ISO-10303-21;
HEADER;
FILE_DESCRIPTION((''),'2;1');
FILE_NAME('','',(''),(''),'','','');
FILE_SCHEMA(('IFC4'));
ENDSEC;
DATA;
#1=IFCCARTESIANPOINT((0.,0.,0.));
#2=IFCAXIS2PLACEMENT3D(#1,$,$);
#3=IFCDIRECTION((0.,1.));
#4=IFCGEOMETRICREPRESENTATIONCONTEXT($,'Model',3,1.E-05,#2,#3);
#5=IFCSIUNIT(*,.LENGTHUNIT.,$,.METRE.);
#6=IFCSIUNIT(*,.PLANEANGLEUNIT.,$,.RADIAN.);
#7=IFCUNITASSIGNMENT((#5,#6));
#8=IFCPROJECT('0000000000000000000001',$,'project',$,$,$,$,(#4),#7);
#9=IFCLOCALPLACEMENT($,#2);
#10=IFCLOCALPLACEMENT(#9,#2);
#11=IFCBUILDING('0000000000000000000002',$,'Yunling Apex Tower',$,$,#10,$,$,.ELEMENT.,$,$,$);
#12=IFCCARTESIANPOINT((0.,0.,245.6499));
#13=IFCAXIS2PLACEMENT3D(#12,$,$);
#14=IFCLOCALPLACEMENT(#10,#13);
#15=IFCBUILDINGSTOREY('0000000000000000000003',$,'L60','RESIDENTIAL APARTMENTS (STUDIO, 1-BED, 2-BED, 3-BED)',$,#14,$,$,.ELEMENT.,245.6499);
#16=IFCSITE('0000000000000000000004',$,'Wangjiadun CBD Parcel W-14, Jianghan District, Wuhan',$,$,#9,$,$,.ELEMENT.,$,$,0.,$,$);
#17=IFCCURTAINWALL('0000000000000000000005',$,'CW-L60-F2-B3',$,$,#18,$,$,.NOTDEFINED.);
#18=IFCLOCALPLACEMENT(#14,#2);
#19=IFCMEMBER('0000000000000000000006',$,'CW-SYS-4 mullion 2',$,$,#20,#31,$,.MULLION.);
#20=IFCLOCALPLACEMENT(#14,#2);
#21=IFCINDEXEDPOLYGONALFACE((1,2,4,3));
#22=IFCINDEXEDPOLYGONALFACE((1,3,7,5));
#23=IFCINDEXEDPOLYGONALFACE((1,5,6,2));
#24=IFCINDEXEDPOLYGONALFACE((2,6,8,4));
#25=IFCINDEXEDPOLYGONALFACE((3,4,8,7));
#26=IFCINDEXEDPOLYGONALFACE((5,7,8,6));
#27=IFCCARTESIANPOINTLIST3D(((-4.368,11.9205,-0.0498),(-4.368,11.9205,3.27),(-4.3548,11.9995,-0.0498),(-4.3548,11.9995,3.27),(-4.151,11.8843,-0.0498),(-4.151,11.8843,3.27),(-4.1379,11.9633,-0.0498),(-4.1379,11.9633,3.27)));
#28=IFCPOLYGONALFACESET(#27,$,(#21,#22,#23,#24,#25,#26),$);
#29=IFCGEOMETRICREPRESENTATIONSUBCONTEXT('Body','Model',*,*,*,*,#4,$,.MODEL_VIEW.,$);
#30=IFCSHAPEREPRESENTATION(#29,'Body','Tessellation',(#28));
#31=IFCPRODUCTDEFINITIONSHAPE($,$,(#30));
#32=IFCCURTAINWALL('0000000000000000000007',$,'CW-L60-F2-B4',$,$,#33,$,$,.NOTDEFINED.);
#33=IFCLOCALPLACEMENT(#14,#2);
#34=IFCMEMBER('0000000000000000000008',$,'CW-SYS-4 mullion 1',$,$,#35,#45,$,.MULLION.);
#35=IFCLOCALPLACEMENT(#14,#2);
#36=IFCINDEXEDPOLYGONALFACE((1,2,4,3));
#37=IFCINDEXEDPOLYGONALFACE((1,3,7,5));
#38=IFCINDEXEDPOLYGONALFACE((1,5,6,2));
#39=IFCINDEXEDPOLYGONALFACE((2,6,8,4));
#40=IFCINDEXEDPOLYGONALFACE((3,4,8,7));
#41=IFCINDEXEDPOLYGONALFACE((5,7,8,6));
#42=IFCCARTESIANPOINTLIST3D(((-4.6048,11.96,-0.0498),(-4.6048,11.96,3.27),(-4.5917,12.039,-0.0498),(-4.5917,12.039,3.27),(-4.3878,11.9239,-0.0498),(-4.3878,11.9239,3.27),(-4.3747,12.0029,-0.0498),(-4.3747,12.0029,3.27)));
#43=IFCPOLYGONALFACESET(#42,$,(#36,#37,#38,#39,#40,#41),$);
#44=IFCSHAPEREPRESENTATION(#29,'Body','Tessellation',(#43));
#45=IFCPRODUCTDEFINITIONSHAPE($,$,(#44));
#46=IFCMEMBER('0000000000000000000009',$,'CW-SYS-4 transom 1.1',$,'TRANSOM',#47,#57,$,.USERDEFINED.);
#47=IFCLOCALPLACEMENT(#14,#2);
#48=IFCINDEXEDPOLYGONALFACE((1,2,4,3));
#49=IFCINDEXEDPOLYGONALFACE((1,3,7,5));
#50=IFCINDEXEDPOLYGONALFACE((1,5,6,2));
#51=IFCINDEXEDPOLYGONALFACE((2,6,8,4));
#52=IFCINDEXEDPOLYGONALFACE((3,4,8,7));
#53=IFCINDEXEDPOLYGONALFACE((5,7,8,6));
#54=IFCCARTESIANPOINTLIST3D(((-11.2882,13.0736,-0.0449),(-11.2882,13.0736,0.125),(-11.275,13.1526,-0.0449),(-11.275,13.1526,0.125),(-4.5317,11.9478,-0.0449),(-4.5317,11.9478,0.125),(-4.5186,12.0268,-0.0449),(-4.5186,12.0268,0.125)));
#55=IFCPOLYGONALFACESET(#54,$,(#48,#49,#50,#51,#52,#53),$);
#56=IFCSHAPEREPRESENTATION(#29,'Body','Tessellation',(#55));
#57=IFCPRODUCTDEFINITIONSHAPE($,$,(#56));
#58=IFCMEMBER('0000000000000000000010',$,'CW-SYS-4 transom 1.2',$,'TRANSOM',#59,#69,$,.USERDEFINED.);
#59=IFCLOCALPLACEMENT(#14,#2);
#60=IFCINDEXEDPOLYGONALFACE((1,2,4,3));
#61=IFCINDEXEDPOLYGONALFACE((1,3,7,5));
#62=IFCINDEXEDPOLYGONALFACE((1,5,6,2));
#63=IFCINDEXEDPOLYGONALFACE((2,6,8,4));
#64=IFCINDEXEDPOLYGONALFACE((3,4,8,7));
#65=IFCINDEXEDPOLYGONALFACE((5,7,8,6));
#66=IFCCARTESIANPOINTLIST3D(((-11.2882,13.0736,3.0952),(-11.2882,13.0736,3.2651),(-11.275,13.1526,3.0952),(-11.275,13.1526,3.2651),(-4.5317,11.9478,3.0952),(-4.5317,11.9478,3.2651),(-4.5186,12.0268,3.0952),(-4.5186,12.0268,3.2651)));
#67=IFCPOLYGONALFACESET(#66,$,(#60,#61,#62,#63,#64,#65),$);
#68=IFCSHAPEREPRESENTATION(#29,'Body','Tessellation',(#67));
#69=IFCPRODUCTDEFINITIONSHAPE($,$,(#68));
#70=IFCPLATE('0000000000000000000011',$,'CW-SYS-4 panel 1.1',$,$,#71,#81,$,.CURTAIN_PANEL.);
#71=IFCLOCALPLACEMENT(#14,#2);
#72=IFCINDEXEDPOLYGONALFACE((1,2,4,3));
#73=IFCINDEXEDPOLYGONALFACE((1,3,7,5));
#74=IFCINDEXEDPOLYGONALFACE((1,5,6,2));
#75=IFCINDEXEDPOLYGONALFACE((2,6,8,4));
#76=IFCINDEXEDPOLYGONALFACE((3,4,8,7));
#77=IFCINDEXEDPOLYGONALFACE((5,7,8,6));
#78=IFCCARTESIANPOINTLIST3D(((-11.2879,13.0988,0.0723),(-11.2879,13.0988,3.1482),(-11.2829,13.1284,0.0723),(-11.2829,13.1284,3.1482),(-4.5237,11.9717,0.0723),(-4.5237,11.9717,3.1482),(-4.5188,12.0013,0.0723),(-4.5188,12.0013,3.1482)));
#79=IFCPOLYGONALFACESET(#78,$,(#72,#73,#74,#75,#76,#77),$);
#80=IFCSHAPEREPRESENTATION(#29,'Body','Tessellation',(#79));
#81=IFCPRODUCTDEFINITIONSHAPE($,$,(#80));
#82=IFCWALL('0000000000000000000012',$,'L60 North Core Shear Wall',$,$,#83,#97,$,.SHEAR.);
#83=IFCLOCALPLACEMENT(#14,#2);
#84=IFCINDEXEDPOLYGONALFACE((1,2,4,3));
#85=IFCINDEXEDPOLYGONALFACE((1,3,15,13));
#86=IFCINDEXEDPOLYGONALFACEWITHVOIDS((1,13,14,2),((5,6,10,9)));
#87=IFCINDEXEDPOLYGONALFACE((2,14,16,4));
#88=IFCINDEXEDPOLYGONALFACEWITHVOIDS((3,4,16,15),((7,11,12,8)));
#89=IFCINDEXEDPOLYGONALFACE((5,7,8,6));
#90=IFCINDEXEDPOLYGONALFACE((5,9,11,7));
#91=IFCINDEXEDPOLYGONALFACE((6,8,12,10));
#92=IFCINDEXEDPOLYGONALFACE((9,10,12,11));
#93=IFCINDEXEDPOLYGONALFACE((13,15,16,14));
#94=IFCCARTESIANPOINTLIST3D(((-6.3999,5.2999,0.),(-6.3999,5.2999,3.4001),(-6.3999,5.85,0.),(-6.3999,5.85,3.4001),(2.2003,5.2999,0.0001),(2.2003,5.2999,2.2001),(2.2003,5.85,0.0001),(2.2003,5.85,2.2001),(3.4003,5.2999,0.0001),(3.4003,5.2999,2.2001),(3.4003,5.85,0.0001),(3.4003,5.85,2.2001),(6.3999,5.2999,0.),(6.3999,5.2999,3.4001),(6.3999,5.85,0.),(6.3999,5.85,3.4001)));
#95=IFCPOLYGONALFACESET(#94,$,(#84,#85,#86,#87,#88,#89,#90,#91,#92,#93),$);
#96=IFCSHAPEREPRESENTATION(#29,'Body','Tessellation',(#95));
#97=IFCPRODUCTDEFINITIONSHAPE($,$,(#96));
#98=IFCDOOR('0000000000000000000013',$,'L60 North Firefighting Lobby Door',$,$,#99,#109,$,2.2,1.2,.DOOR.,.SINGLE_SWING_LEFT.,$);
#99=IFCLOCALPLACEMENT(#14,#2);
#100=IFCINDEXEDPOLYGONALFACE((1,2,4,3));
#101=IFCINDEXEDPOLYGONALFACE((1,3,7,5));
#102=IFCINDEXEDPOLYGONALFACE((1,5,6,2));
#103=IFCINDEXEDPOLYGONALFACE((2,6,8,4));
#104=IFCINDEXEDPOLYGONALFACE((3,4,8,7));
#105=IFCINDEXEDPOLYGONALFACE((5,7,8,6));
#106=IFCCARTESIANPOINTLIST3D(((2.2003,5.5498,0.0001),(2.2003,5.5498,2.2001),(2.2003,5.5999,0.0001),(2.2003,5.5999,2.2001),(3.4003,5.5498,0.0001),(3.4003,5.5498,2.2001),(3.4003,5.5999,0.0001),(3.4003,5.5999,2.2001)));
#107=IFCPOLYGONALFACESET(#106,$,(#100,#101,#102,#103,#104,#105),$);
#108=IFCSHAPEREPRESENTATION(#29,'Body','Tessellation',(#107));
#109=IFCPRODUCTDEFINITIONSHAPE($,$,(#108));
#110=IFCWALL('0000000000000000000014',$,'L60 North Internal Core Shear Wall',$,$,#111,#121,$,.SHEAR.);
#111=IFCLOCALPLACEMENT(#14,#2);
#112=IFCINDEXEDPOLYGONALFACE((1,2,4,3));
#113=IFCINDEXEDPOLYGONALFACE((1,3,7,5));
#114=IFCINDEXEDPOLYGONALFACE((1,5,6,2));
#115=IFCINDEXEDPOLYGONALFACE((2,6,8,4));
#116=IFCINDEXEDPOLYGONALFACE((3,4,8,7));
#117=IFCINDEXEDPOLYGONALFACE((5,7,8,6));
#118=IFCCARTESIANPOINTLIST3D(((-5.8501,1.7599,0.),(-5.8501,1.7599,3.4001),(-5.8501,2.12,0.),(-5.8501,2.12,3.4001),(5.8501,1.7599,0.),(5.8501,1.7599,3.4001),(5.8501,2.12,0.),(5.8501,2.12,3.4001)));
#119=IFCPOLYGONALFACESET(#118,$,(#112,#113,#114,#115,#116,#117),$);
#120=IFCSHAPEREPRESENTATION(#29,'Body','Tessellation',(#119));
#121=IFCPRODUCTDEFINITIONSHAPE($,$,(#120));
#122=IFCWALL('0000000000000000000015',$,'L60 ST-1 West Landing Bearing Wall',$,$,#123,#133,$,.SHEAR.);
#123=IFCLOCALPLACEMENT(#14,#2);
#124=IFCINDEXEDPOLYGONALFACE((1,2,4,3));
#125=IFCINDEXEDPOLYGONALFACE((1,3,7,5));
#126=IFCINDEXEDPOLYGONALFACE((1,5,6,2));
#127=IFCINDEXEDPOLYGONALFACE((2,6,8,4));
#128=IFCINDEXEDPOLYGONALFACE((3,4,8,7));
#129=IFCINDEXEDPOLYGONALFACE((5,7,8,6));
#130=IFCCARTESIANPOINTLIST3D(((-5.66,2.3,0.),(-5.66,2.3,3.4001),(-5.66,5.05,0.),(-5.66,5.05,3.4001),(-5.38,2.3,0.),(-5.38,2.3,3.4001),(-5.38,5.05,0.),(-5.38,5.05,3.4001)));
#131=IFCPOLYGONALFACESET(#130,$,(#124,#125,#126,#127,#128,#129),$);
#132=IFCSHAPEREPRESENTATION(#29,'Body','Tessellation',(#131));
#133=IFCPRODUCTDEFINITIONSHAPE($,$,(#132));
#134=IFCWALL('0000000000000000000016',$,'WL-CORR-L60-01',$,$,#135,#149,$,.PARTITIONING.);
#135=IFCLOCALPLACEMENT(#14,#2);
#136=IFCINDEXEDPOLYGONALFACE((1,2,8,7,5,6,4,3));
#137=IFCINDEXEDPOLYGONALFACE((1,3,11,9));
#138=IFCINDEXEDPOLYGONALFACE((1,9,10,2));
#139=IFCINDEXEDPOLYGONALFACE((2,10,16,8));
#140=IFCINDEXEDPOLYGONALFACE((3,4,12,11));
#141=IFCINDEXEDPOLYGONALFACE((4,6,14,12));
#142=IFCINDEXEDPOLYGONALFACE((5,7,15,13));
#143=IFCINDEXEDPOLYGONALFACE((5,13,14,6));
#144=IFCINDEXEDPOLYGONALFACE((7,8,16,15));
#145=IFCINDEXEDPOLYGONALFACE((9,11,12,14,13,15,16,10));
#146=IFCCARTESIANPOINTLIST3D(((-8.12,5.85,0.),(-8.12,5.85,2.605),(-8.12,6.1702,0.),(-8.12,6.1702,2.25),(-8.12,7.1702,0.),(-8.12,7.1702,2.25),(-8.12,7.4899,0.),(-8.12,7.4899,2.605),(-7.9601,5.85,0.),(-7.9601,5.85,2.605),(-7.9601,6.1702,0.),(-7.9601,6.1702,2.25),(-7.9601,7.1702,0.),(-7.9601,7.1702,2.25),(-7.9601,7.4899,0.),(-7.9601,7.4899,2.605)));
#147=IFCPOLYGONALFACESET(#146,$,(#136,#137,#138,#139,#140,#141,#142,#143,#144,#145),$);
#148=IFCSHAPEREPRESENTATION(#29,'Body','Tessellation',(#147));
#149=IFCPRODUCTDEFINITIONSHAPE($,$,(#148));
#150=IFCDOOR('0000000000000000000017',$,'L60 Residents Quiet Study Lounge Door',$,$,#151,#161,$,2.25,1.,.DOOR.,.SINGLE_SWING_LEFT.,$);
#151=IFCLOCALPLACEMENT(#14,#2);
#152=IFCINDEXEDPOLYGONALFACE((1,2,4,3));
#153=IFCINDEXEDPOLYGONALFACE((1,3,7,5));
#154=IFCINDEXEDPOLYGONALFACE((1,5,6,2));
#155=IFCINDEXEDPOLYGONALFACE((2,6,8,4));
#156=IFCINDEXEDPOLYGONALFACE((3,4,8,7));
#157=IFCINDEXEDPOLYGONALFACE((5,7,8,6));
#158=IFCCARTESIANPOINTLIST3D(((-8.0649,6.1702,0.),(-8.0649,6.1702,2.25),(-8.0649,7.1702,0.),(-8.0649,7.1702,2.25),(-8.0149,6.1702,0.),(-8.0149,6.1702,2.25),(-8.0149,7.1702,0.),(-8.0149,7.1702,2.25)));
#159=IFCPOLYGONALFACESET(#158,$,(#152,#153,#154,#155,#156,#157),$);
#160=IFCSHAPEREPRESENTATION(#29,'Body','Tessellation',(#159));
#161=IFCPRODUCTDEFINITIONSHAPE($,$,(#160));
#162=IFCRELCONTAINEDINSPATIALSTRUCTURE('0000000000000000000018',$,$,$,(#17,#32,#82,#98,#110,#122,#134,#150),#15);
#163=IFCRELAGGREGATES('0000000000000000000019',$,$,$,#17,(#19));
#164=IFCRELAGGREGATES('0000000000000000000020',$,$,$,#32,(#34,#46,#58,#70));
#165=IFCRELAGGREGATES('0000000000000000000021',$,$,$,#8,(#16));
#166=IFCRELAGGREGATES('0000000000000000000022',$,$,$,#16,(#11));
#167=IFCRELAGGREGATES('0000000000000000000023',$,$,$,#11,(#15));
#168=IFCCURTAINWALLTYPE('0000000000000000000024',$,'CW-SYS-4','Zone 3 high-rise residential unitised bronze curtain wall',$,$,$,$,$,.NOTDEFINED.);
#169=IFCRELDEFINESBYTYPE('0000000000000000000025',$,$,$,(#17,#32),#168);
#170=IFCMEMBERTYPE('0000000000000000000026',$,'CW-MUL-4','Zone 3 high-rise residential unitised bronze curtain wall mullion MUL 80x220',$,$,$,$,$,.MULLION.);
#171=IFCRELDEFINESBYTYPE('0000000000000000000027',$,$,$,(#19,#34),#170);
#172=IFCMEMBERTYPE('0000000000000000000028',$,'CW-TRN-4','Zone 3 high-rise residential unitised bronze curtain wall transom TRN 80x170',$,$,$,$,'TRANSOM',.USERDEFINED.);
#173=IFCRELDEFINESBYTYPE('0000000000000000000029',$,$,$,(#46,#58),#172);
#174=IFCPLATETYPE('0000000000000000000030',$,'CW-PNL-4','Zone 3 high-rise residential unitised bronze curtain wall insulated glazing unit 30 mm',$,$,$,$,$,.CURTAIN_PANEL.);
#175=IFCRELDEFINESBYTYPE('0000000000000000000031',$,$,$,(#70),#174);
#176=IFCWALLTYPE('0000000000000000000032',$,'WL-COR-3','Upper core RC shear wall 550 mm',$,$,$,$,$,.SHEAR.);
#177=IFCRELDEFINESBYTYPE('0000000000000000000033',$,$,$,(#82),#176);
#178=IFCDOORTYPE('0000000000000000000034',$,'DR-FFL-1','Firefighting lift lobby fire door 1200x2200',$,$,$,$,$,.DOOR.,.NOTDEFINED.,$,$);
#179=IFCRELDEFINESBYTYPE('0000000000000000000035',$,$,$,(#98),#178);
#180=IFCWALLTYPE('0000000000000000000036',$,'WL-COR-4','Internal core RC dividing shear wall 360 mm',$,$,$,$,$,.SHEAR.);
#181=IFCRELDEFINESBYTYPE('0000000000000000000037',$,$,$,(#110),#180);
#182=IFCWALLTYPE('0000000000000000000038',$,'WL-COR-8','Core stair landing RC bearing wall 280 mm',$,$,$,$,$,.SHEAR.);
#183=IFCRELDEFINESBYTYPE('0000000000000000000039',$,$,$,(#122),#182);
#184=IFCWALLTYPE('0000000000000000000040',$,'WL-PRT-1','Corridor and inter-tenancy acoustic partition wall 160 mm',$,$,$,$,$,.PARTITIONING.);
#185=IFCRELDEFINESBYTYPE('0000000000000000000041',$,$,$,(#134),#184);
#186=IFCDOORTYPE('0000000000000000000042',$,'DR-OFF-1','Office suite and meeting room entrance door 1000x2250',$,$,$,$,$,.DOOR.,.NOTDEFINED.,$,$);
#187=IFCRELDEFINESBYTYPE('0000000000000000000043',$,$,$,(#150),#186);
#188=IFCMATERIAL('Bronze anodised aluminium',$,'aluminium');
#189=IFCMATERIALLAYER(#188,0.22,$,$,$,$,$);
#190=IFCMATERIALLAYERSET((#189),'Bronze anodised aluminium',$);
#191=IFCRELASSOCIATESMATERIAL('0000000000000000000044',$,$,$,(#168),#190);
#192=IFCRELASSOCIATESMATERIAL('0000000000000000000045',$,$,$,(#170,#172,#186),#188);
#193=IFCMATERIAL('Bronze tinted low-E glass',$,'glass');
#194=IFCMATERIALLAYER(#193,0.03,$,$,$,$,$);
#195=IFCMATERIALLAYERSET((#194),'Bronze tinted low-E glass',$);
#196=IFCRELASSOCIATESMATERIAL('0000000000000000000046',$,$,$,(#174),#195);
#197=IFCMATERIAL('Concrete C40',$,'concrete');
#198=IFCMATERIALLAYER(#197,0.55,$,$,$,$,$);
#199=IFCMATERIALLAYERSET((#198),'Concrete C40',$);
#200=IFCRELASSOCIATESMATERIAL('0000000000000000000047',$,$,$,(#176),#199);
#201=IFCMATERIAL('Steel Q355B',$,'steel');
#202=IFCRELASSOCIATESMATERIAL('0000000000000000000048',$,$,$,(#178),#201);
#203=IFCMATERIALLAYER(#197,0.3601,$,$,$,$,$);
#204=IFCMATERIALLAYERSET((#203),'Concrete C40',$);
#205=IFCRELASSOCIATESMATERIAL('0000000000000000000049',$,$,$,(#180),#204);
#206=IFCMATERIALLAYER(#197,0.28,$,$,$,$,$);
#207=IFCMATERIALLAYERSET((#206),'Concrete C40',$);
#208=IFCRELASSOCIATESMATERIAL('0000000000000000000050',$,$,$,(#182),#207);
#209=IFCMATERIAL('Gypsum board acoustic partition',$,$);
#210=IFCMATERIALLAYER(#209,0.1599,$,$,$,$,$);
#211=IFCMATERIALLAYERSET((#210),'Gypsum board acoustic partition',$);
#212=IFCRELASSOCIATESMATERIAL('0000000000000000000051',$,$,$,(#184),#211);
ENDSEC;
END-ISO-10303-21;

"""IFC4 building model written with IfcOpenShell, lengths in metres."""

from ifc_helpers import new_model, si_unit, direction, frame, frame_2d, origin, origin_2d, place, context, subcontext, project, spatial, rectangle, extrude, source, transform, mapped, material, layer, layer_set, material_profile, profile_set, type_object, element, fill, aggregate, save


model = new_model("IFC4")

# Units and contexts
model_context = context("Model", 3, precision=1e-05, world=origin(), true_north=direction((0.0, 1.0)))
body_context = subcontext(model_context, "Body", "Model", "MODEL_VIEW")
ifc_project = project(units=[si_unit("LENGTHUNIT", "METRE"), si_unit("PLANEANGLEUNIT", "RADIAN")], contexts=[model_context])

# Site, building, storey
site_placement = place(None, origin())
site = spatial("IfcSite", under=ifc_project, at=site_placement, Name="Wangjiadun CBD Parcel W-14, Jianghan District, Wuhan", CompositionType="ELEMENT", RefElevation=0.0)
building_placement = place(site_placement, origin())
building = spatial("IfcBuilding", under=site, at=building_placement, Name="Yunling Apex Tower", CompositionType="ELEMENT")
storey_placement = place(building_placement, frame((0.0, 0.0, 245.6499)))
storey = spatial("IfcBuildingStorey", under=building, at=storey_placement, Name="L60", Description="RESIDENTIAL APARTMENTS (STUDIO, 1-BED, 2-BED, 3-BED)", CompositionType="ELEMENT", Elevation=245.6499)

# Shared definitions
ifc_material_1 = material(Name="Steel Q355B", Category="steel")

# Curtain wall, member
ifc_material_2 = material(Name="Bronze anodised aluminium", Category="aluminium")
ifc_layer_1 = layer(ifc_material_2, 0.22)
ifc_layer_set_1 = layer_set([ifc_layer_1], Name="Bronze anodised aluminium")
curtain_wall_type = type_object("IfcCurtainWallType", Name="CW-SYS-4", Description="Zone 3 high-rise residential unitised bronze curtain wall", PredefinedType="NOTDEFINED", material=ifc_layer_set_1)
curtain_wall_1_placement = place(storey_placement, origin())
curtain_wall_1 = element("IfcCurtainWall", 1, at=curtain_wall_1_placement, inside=storey, type_object=curtain_wall_type, Name="CW-L60-F2-B3", PredefinedType="NOTDEFINED")
ifc_material_profile_1 = material_profile(ifc_material_2, rectangle(XDim=0.0801, YDim=0.22, at=origin_2d()))
ifc_profile_set_1 = profile_set([ifc_material_profile_1], Name="Bronze anodised aluminium")
member_type_1 = type_object("IfcMemberType", Name="CW-MUL-4", Description="Zone 3 high-rise residential unitised bronze curtain wall mullion MUL 80x220", PredefinedType="MULLION", material=ifc_profile_set_1)
shared_shape_1 = source(origin(), body_context, "Body", "SweptSolid", [
    extrude(rectangle(XDim=0.0801, YDim=0.22, at=origin_2d()), origin(), (0.0, 0.0, 1.0), 3.3198),
])
member_1_placement = place(storey_placement, frame((-4.2529, 11.9419, -0.0498), z_axis=(0.0, 0.0, 1.0), x_axis=(-0.164353, -0.986402, 0.0)))
member_1 = element("IfcMember", 2, at=member_1_placement, type_object=member_type_1, Name="CW-SYS-4 mullion 2", PredefinedType="MULLION", context=body_context, shape_type="MappedRepresentation", body=[
    mapped(shared_shape_1, transform((0.0, 0.0, 0.0), scale=1.0)),
])
aggregate(curtain_wall_1, [member_1])

# Curtain wall, members, plate
curtain_wall_2_placement = place(storey_placement, origin())
curtain_wall_2 = element("IfcCurtainWall", 3, at=curtain_wall_2_placement, inside=storey, type_object=curtain_wall_type, Name="CW-L60-F2-B4", PredefinedType="NOTDEFINED")
member_2_placement = place(storey_placement, frame((-4.4897, 11.9814, -0.0498), z_axis=(0.0, 0.0, 1.0), x_axis=(-0.164353, -0.986402, 0.0)))
member_2 = element("IfcMember", 4, at=member_2_placement, type_object=member_type_1, Name="CW-SYS-4 mullion 1", PredefinedType="MULLION", context=body_context, shape_type="MappedRepresentation", body=[
    mapped(shared_shape_1, transform((0.0, 0.0, 0.0), scale=1.0)),
])
ifc_material_profile_2 = material_profile(ifc_material_2, rectangle(XDim=0.0801, YDim=0.1699, at=origin_2d()))
ifc_profile_set_2 = profile_set([ifc_material_profile_2], Name="Bronze anodised aluminium")
member_type_2 = type_object("IfcMemberType", Name="CW-TRN-4", Description="Zone 3 high-rise residential unitised bronze curtain wall transom TRN 80x170", ElementType="TRANSOM", PredefinedType="USERDEFINED", material=ifc_profile_set_2)
shared_shape_2 = source(origin(), body_context, "Body", "SweptSolid", [
    extrude(rectangle(XDim=0.0801, YDim=0.1699, at=origin_2d()), origin(), (0.0, 0.0, 1.0), 6.8496),
])
member_3_placement = place(storey_placement, frame((-4.5251, 11.9873, 0.04), z_axis=(-0.986402, 0.164353, 0.0), x_axis=(-0.164353, -0.986402, 0.0)))
member_3 = element("IfcMember", 5, at=member_3_placement, type_object=member_type_2, Name="CW-SYS-4 transom 1.1", ObjectType="TRANSOM", PredefinedType="USERDEFINED", context=body_context, shape_type="MappedRepresentation", body=[
    mapped(shared_shape_2, transform((0.0, 0.0, 0.0), scale=1.0)),
])
member_4_placement = place(storey_placement, frame((-4.5251, 11.9873, 3.1802), z_axis=(-0.986402, 0.164353, 0.0), x_axis=(-0.164353, -0.986402, 0.0)))
member_4 = element("IfcMember", 6, at=member_4_placement, type_object=member_type_2, Name="CW-SYS-4 transom 1.2", ObjectType="TRANSOM", PredefinedType="USERDEFINED", context=body_context, shape_type="MappedRepresentation", body=[
    mapped(shared_shape_2, transform((0.0, 0.0, 0.0), scale=1.0)),
])
ifc_material_3 = material(Name="Bronze tinted low-E glass", Category="glass")
ifc_layer_2 = layer(ifc_material_3, 0.03)
ifc_layer_set_2 = layer_set([ifc_layer_2], Name="Bronze tinted low-E glass")
plate_type = type_object("IfcPlateType", Name="CW-PNL-4", Description="Zone 3 high-rise residential unitised bronze curtain wall insulated glazing unit 30 mm", PredefinedType="CURTAIN_PANEL", material=ifc_layer_set_2)
shared_shape_3 = source(origin(), body_context, "Body", "SweptSolid", [
    extrude(rectangle(XDim=6.8574, YDim=0.03, at=origin_2d()), origin(), (0.0, 0.0, 1.0), 3.0759),
])
plate_placement = place(storey_placement, frame((-7.9033, 12.55, 0.0723), z_axis=(0.0, 0.0, 1.0), x_axis=(-0.986402, 0.164353, 0.0)))
plate = element("IfcPlate", 7, at=plate_placement, type_object=plate_type, Name="CW-SYS-4 panel 1.1", PredefinedType="CURTAIN_PANEL", context=body_context, shape_type="MappedRepresentation", body=[
    mapped(shared_shape_3, transform((0.0, 0.0, 0.0), scale=1.0)),
])
aggregate(curtain_wall_2, [member_2, member_3, member_4, plate])

# Wall, opening, door
ifc_material_4 = material(Name="Concrete C40", Category="concrete")
ifc_layer_3 = layer(ifc_material_4, 0.55)
ifc_layer_set_3 = layer_set([ifc_layer_3], Name="Concrete C40")
wall_type_1 = type_object("IfcWallType", Name="WL-COR-3", Description="Upper core RC shear wall 550 mm", PredefinedType="SHEAR", material=ifc_layer_set_3)
wall_1_placement = place(storey_placement, frame((-6.3999, 5.575, 0.0), z_axis=(0.0, 0.0, 1.0), x_axis=(1.0, 0.0, 0.0)))
wall_1 = element("IfcWall", 8, at=wall_1_placement, inside=storey, type_object=wall_type_1, Name="L60 North Core Shear Wall", PredefinedType="SHEAR", context=body_context, shape_type="SweptSolid", body=[
    extrude(rectangle(XDim=12.7998, YDim=0.55, at=frame_2d((6.3999, 0.0))), origin(), (0.0, 0.0, 1.0), 3.4001),
])
opening_1_placement = place(wall_1_placement, frame((8.6001, 0.0, 0.0)))
opening_1 = element("IfcOpeningElement", 9, at=opening_1_placement, cuts=wall_1, PredefinedType="OPENING", context=body_context, shape_type="SweptSolid", body=[
    extrude(rectangle(XDim=1.2, YDim=2.2, at=frame_2d((0.6001, 1.1001))), frame((0.0, 0.2852, 0.0), z_axis=(0.0, -1.0, 0.0), x_axis=(1.0, 0.0, 0.0)), (0.0, 0.0, 1.0), 0.5701),
])
door_type_1 = type_object("IfcDoorType", Name="DR-FFL-1", Description="Firefighting lift lobby fire door 1200x2200", OperationType="NOTDEFINED", PredefinedType="DOOR", material=ifc_material_1)
door_1_placement = place(opening_1_placement, origin())
door_1 = element("IfcDoor", 10, at=door_1_placement, inside=storey, type_object=door_type_1, Name="L60 North Firefighting Lobby Door", OperationType="SINGLE_SWING_LEFT", OverallHeight=2.2, OverallWidth=1.2, PredefinedType="DOOR", context=body_context, shape_type="SweptSolid", body=[
    extrude(rectangle(XDim=1.2, YDim=2.2, at=frame_2d((0.6001, 1.1001))), frame((0.0, 0.0249, 0.0), z_axis=(0.0, -1.0, 0.0), x_axis=(1.0, 0.0, 0.0)), (0.0, 0.0, 1.0), 0.05),
])
fill(opening_1, door_1)

# Walls
ifc_layer_4 = layer(ifc_material_4, 0.3601)
ifc_layer_set_4 = layer_set([ifc_layer_4], Name="Concrete C40")
wall_type_2 = type_object("IfcWallType", Name="WL-COR-4", Description="Internal core RC dividing shear wall 360 mm", PredefinedType="SHEAR", material=ifc_layer_set_4)
wall_2_placement = place(storey_placement, frame((-5.8501, 1.9399, 0.0), z_axis=(0.0, 0.0, 1.0), x_axis=(1.0, 0.0, 0.0)))
element("IfcWall", 11, at=wall_2_placement, inside=storey, type_object=wall_type_2, Name="L60 North Internal Core Shear Wall", PredefinedType="SHEAR", context=body_context, shape_type="SweptSolid", body=[
    extrude(rectangle(XDim=11.7002, YDim=0.3601, at=frame_2d((5.8501, 0.0))), origin(), (0.0, 0.0, 1.0), 3.4001),
])
ifc_layer_5 = layer(ifc_material_4, 0.28)
ifc_layer_set_5 = layer_set([ifc_layer_5], Name="Concrete C40")
wall_type_3 = type_object("IfcWallType", Name="WL-COR-8", Description="Core stair landing RC bearing wall 280 mm", PredefinedType="SHEAR", material=ifc_layer_set_5)
wall_3_placement = place(storey_placement, frame((-5.52, 2.3, 0.0), z_axis=(0.0, 0.0, 1.0), x_axis=(0.0, 1.0, 0.0)))
element("IfcWall", 12, at=wall_3_placement, inside=storey, type_object=wall_type_3, Name="L60 ST-1 West Landing Bearing Wall", PredefinedType="SHEAR", context=body_context, shape_type="SweptSolid", body=[
    extrude(rectangle(XDim=2.75, YDim=0.28, at=frame_2d((1.375, 0.0))), origin(), (0.0, 0.0, 1.0), 3.4001),
])

# Wall, opening, door
ifc_material_5 = material(Name="Gypsum board acoustic partition")
ifc_layer_6 = layer(ifc_material_5, 0.1599)
ifc_layer_set_6 = layer_set([ifc_layer_6], Name="Gypsum board acoustic partition")
wall_type_4 = type_object("IfcWallType", Name="WL-PRT-1", Description="Corridor and inter-tenancy acoustic partition wall 160 mm", PredefinedType="PARTITIONING", material=ifc_layer_set_6)
wall_4_placement = place(storey_placement, frame((-8.04, 5.8501, 0.0), z_axis=(0.0, 0.0, 1.0), x_axis=(0.0, 1.0, 0.0)))
wall_4 = element("IfcWall", 13, at=wall_4_placement, inside=storey, type_object=wall_type_4, Name="WL-CORR-L60-01", PredefinedType="PARTITIONING", context=body_context, shape_type="SweptSolid", body=[
    extrude(rectangle(XDim=1.6399, YDim=0.1599, at=frame_2d((0.8198, 0.0))), origin(), (0.0, 0.0, 1.0), 2.605),
])
opening_2_placement = place(wall_4_placement, frame((0.3201, 0.0, 0.0)))
opening_2 = element("IfcOpeningElement", 14, at=opening_2_placement, cuts=wall_4, PredefinedType="OPENING", context=body_context, shape_type="SweptSolid", body=[
    extrude(rectangle(XDim=1.0, YDim=2.25, at=frame_2d((0.5, 1.125))), frame((0.0, 0.0898, 0.0), z_axis=(0.0, -1.0, 0.0), x_axis=(1.0, 0.0, 0.0)), (0.0, 0.0, 1.0), 0.1799),
])
door_type_2 = type_object("IfcDoorType", Name="DR-OFF-1", Description="Office suite and meeting room entrance door 1000x2250", OperationType="NOTDEFINED", PredefinedType="DOOR", material=ifc_material_2)
door_2_placement = place(opening_2_placement, origin())
door_2 = element("IfcDoor", 15, at=door_2_placement, inside=storey, type_object=door_type_2, Name="L60 Residents Quiet Study Lounge Door", OperationType="SINGLE_SWING_LEFT", OverallHeight=2.25, OverallWidth=1.0, PredefinedType="DOOR", context=body_context, shape_type="SweptSolid", body=[
    extrude(rectangle(XDim=1.0, YDim=2.25, at=frame_2d((0.5, 1.125))), frame((0.0, 0.0249, 0.0), z_axis=(0.0, -1.0, 0.0), x_axis=(1.0, 0.0, 0.0)), (0.0, 0.0, 1.0), 0.05),
])
fill(opening_2, door_2)

save(model, "model.ifc")
